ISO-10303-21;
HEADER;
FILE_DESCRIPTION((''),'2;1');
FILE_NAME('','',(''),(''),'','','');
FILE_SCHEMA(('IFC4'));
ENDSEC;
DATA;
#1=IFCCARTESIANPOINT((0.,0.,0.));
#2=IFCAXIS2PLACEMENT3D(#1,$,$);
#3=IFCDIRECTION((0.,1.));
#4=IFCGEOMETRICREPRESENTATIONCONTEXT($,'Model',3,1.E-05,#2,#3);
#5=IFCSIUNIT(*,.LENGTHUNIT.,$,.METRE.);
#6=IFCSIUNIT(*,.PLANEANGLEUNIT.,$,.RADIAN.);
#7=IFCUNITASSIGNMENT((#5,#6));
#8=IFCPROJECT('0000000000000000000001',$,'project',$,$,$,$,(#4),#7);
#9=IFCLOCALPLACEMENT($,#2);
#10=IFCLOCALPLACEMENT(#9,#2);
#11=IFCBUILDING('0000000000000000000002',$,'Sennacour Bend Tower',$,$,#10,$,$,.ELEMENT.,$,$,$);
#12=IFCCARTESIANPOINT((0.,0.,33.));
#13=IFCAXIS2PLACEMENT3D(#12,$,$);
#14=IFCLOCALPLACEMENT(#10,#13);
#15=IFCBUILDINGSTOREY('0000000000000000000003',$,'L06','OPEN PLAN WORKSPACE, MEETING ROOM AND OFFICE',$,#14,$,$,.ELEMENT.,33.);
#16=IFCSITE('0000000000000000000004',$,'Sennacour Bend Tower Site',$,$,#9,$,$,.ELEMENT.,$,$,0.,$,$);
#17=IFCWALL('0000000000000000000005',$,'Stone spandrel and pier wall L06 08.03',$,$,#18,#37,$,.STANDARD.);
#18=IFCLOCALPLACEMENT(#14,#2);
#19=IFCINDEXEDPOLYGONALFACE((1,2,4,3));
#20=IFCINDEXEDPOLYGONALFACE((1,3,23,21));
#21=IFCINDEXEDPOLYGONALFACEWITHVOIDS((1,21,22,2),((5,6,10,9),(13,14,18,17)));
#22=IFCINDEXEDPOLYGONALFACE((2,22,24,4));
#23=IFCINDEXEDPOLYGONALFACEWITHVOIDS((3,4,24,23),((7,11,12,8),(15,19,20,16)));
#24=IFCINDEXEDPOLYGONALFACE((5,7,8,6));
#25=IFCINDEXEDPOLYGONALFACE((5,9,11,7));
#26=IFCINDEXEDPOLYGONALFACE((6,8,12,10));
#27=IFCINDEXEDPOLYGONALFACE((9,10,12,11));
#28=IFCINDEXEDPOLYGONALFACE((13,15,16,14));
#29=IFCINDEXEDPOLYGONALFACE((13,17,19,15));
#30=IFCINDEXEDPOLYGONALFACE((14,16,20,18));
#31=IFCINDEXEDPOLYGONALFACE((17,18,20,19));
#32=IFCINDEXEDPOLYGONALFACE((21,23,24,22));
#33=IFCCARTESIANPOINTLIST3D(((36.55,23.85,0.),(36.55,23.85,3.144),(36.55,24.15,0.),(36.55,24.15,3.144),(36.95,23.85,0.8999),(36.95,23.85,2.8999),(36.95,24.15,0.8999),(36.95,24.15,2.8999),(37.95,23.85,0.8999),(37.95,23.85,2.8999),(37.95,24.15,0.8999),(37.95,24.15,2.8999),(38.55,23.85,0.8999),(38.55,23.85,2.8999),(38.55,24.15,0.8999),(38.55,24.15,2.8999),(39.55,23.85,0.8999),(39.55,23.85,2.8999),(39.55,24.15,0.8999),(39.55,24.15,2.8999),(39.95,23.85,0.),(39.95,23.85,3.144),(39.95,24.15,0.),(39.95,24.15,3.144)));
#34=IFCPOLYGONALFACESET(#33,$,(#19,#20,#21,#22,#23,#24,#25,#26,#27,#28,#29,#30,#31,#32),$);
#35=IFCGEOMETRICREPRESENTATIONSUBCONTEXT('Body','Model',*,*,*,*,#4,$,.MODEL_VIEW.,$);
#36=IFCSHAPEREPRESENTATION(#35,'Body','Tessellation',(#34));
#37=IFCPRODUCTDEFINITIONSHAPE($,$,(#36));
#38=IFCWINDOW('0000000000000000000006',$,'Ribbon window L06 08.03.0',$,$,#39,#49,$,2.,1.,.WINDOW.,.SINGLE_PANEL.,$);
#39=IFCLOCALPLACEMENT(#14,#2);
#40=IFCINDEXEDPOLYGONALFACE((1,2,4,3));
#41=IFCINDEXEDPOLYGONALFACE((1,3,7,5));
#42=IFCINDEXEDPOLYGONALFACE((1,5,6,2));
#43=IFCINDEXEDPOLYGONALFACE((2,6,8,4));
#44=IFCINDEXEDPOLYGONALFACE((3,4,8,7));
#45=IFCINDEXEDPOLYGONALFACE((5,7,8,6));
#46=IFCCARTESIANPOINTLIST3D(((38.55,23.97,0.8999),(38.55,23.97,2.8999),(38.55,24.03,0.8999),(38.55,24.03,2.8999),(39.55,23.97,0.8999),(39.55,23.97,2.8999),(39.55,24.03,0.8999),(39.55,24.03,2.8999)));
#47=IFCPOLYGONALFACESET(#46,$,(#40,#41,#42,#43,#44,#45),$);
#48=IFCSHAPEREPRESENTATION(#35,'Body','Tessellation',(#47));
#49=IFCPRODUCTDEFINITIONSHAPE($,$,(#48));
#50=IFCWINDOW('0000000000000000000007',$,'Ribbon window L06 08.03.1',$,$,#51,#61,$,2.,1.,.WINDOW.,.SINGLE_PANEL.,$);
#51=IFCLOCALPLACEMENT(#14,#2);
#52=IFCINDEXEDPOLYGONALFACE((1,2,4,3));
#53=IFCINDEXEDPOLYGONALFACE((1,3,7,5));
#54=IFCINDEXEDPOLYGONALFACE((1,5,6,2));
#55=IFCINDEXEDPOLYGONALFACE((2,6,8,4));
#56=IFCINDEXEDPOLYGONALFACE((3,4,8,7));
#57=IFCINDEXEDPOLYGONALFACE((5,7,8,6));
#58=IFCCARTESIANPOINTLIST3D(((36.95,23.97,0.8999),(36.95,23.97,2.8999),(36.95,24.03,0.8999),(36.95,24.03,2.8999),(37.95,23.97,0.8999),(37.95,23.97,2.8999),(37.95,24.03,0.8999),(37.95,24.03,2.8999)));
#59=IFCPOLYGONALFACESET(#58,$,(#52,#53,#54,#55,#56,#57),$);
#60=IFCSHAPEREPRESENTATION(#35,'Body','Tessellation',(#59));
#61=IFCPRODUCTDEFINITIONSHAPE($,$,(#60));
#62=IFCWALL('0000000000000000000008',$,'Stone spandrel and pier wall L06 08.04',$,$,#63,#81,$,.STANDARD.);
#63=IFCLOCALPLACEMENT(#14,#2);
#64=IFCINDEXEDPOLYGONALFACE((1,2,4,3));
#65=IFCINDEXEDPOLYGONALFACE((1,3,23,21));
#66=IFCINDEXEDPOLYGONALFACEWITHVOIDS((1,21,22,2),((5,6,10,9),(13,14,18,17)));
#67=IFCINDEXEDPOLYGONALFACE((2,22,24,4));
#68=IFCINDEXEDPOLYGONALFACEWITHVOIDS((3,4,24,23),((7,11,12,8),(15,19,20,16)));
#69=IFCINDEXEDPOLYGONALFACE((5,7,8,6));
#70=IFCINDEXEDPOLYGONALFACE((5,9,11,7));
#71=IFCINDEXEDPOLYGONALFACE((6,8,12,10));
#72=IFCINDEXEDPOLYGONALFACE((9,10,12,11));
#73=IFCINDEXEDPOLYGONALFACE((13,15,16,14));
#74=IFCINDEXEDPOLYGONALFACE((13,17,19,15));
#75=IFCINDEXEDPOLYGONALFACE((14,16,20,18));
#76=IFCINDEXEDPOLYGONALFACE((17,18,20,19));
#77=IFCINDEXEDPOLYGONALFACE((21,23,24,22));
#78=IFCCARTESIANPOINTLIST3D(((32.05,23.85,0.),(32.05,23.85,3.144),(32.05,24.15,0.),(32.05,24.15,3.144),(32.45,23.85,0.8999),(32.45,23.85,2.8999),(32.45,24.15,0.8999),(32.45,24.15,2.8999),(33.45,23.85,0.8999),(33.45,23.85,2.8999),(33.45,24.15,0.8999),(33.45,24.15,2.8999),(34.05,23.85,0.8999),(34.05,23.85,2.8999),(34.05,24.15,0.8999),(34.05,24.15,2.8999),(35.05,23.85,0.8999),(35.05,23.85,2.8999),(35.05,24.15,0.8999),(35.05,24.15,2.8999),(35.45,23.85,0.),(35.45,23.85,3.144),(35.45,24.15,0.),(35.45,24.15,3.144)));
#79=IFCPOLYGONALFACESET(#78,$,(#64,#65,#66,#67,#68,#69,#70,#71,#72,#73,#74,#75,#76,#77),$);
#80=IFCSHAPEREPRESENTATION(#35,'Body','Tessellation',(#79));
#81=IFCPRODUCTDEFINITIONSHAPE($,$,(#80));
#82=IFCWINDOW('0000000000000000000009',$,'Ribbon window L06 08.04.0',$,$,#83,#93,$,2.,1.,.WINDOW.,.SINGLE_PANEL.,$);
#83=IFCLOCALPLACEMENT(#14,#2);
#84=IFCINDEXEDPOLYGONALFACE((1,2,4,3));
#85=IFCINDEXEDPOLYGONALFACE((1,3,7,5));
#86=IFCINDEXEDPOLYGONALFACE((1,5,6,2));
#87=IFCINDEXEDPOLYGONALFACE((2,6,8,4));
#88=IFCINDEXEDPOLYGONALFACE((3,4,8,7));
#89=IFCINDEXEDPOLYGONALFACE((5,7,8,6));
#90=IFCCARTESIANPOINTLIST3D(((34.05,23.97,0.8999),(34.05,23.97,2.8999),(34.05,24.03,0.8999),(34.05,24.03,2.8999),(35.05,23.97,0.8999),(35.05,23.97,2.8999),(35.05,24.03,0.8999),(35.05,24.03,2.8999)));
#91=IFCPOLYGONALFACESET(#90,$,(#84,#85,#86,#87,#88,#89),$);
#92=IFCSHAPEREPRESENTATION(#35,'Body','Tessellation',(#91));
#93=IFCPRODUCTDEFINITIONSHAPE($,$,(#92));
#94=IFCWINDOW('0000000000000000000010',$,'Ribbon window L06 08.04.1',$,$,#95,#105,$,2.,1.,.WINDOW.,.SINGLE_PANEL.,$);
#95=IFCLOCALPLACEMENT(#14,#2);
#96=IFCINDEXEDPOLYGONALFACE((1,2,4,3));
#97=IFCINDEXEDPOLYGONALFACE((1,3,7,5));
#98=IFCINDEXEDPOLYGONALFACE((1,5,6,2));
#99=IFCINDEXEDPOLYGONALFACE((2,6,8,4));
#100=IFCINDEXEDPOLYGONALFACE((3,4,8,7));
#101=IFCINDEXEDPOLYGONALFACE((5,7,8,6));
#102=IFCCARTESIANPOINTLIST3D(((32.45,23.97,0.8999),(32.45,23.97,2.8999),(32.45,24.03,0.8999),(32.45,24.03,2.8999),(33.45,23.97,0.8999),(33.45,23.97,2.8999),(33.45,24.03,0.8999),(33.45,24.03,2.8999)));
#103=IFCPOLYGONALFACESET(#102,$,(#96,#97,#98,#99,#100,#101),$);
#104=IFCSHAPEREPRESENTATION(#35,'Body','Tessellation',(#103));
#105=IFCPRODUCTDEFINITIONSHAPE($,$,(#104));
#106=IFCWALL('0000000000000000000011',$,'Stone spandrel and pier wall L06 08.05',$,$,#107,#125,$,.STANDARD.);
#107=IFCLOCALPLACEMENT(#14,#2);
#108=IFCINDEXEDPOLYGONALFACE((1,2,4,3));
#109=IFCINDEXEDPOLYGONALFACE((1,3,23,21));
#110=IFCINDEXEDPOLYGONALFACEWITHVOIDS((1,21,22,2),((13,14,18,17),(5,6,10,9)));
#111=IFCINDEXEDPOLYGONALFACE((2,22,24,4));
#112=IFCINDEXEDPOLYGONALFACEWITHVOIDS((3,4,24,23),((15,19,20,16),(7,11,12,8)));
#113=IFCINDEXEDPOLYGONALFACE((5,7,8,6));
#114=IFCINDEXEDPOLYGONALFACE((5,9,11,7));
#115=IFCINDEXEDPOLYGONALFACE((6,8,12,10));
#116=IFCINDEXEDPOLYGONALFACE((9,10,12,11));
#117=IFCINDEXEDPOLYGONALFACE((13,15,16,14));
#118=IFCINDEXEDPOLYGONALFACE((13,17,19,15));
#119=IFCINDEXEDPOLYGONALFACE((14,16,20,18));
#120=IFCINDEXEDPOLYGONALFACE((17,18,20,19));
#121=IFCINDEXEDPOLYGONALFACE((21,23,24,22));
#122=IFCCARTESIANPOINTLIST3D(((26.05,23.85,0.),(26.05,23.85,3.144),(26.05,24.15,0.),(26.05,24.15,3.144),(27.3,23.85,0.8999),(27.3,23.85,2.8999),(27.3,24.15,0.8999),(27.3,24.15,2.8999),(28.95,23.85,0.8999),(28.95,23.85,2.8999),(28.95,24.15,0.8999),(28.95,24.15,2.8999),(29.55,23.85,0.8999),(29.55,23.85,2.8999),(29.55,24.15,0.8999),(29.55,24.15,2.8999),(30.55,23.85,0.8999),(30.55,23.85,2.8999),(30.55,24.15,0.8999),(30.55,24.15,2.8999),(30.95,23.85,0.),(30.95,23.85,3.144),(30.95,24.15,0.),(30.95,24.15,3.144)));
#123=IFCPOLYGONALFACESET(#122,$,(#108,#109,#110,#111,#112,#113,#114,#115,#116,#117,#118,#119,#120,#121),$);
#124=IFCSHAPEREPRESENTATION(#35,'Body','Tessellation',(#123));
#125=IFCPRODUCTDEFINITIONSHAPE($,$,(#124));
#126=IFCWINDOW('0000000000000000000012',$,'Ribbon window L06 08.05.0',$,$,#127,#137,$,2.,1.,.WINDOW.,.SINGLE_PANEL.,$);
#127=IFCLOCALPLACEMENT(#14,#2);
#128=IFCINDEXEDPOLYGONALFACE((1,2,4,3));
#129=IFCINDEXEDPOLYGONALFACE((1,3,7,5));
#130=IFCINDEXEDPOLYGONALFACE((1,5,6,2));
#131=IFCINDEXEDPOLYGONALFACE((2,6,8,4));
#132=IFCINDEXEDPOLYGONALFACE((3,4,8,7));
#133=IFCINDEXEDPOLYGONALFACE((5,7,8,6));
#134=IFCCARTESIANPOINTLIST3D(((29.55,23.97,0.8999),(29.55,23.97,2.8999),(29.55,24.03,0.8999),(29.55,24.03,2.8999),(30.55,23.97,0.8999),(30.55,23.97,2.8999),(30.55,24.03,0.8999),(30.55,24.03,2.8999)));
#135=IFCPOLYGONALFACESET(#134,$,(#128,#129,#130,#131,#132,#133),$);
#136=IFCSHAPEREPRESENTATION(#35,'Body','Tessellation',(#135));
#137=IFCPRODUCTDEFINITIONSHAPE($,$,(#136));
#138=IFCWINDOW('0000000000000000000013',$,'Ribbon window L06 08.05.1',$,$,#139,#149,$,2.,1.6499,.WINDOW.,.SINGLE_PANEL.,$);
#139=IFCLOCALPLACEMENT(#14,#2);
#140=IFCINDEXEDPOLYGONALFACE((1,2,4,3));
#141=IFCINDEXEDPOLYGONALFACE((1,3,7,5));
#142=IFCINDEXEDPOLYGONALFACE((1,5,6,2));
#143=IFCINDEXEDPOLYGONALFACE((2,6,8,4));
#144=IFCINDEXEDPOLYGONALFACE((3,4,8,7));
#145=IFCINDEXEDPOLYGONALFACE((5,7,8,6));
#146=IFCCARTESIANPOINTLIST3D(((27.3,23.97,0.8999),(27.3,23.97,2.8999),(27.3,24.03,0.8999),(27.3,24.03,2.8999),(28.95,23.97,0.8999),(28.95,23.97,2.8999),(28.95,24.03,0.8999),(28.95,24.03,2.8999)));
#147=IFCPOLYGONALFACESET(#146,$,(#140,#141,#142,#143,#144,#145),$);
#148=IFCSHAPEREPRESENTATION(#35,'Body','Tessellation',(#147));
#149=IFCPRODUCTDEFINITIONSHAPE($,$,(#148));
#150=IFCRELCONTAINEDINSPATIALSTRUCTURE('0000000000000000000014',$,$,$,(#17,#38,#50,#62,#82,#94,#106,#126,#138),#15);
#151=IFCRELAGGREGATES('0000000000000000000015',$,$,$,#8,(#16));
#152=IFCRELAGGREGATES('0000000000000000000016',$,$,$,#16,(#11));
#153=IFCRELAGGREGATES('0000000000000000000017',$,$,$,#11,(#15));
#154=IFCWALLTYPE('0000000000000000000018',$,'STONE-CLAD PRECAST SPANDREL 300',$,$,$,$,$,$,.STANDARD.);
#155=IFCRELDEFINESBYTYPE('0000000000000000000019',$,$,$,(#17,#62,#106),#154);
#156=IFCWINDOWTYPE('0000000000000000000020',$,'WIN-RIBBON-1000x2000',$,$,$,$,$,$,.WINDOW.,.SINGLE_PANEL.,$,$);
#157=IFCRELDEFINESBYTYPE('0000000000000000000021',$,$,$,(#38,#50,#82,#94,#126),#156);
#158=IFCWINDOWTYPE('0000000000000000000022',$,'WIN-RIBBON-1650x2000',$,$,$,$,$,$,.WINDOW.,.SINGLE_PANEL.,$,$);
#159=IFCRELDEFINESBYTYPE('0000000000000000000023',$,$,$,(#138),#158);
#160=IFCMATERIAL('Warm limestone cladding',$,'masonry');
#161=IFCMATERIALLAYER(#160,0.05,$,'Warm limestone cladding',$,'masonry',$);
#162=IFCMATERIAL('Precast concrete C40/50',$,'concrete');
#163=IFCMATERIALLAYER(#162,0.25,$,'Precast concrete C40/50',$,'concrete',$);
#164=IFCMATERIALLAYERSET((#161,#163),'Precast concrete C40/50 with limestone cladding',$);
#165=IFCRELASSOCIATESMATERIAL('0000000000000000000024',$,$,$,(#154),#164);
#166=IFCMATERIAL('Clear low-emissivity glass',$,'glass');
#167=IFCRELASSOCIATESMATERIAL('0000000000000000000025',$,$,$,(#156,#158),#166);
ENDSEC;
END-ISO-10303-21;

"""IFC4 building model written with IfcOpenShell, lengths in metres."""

from ifc_helpers import new_model, si_unit, direction, frame, frame_2d, origin, place, context, subcontext, project, spatial, rectangle, extrude, material, layer, layer_set, type_object, element, fill, save


model = new_model("IFC4")

# Units and contexts
model_context = context("Model", 3, precision=1e-05, world=origin(), true_north=direction((0.0, 1.0)))
body_context = subcontext(model_context, "Body", "Model", "MODEL_VIEW")
ifc_project = project(units=[si_unit("LENGTHUNIT", "METRE"), si_unit("PLANEANGLEUNIT", "RADIAN")], contexts=[model_context])

# Site, building, storey
site_placement = place(None, origin())
site = spatial("IfcSite", under=ifc_project, at=site_placement, Name="Sennacour Bend Tower Site", CompositionType="ELEMENT", RefElevation=0.0)
building_placement = place(site_placement, origin())
building = spatial("IfcBuilding", under=site, at=building_placement, Name="Sennacour Bend Tower", CompositionType="ELEMENT")
storey_placement = place(building_placement, frame((0.0, 0.0, 33.0)))
storey = spatial("IfcBuildingStorey", under=building, at=storey_placement, Name="L06", Description="OPEN PLAN WORKSPACE, MEETING ROOM AND OFFICE", CompositionType="ELEMENT", Elevation=33.0)

# Walls, openings, windows
ifc_material_1 = material(Name="Warm limestone cladding", Category="masonry")
ifc_layer_1 = layer(ifc_material_1, 0.05, Name="Warm limestone cladding", Category="masonry")
ifc_material_2 = material(Name="Precast concrete C40/50", Category="concrete")
ifc_layer_2 = layer(ifc_material_2, 0.25, Name="Precast concrete C40/50", Category="concrete")
ifc_layer_set_1 = layer_set([ifc_layer_1, ifc_layer_2], Name="Precast concrete C40/50 with limestone cladding")
wall_type_1 = type_object("IfcWallType", Name="STONE-CLAD PRECAST SPANDREL 300", PredefinedType="STANDARD", material=ifc_layer_set_1)
wall_1_placement = place(storey_placement, frame((39.95, 24.0, 0.0), z_axis=(0.0, 0.0, 1.0), x_axis=(-1.0, 0.0, 0.0)))
wall_1 = element("IfcWall", 1, at=wall_1_placement, inside=storey, type_object=wall_type_1, Name="Stone spandrel and pier wall L06 08.03", PredefinedType="STANDARD", context=body_context, shape_type="SweptSolid", body=[
    extrude(rectangle(XDim=3.3999, YDim=0.3, at=frame_2d((1.7, 0.0))), origin(), (0.0, 0.0, 1.0), 3.144),
])
opening_1_placement = place(wall_1_placement, frame((0.3999, 0.0, 0.8999)))
opening_1 = element("IfcOpeningElement", 2, at=opening_1_placement, cuts=wall_1, PredefinedType="OPENING", context=body_context, shape_type="SweptSolid", body=[
    extrude(rectangle(XDim=1.0, YDim=2.0, at=frame_2d((0.5, 1.0))), frame((0.0, 0.1602, 0.0), z_axis=(0.0, -1.0, 0.0), x_axis=(1.0, 0.0, 0.0)), (0.0, 0.0, 1.0), 0.3201),
])
opening_2_placement = place(wall_1_placement, frame((2.0, 0.0, 0.8999)))
opening_2 = element("IfcOpeningElement", 3, at=opening_2_placement, cuts=wall_1, PredefinedType="OPENING", context=body_context, shape_type="SweptSolid", body=[
    extrude(rectangle(XDim=1.0, YDim=2.0, at=frame_2d((0.5, 1.0))), frame((0.0, 0.1602, 0.0), z_axis=(0.0, -1.0, 0.0), x_axis=(1.0, 0.0, 0.0)), (0.0, 0.0, 1.0), 0.3201),
])
ifc_material_3 = material(Name="Clear low-emissivity glass", Category="glass")
window_type_1 = type_object("IfcWindowType", Name="WIN-RIBBON-1000x2000", PartitioningType="SINGLE_PANEL", PredefinedType="WINDOW", material=ifc_material_3)
window_1_placement = place(opening_1_placement, origin())
window_1 = element("IfcWindow", 4, at=window_1_placement, inside=storey, type_object=window_type_1, Name="Ribbon window L06 08.03.0", OverallHeight=2.0, OverallWidth=1.0, PartitioningType="SINGLE_PANEL", PredefinedType="WINDOW", context=body_context, shape_type="SweptSolid", body=[
    extrude(rectangle(XDim=1.0, YDim=2.0, at=frame_2d((0.5, 1.0))), frame((0.0, 0.03, 0.0), z_axis=(0.0, -1.0, 0.0), x_axis=(1.0, 0.0, 0.0)), (0.0, 0.0, 1.0), 0.0601),
])
fill(opening_1, window_1)
window_2_placement = place(opening_2_placement, origin())
window_2 = element("IfcWindow", 5, at=window_2_placement, inside=storey, type_object=window_type_1, Name="Ribbon window L06 08.03.1", OverallHeight=2.0, OverallWidth=1.0, PartitioningType="SINGLE_PANEL", PredefinedType="WINDOW", context=body_context, shape_type="SweptSolid", body=[
    extrude(rectangle(XDim=1.0, YDim=2.0, at=frame_2d((0.5, 1.0))), frame((0.0, 0.03, 0.0), z_axis=(0.0, -1.0, 0.0), x_axis=(1.0, 0.0, 0.0)), (0.0, 0.0, 1.0), 0.0601),
])
fill(opening_2, window_2)
wall_2_placement = place(storey_placement, frame((35.45, 24.0, 0.0), z_axis=(0.0, 0.0, 1.0), x_axis=(-1.0, 0.0, 0.0)))
wall_2 = element("IfcWall", 6, at=wall_2_placement, inside=storey, type_object=wall_type_1, Name="Stone spandrel and pier wall L06 08.04", PredefinedType="STANDARD", context=body_context, shape_type="SweptSolid", body=[
    extrude(rectangle(XDim=3.3999, YDim=0.3, at=frame_2d((1.7, 0.0))), origin(), (0.0, 0.0, 1.0), 3.144),
])
opening_3_placement = place(wall_2_placement, frame((0.3999, 0.0, 0.8999)))
opening_3 = element("IfcOpeningElement", 7, at=opening_3_placement, cuts=wall_2, PredefinedType="OPENING", context=body_context, shape_type="SweptSolid", body=[
    extrude(rectangle(XDim=1.0, YDim=2.0, at=frame_2d((0.5, 1.0))), frame((0.0, 0.1602, 0.0), z_axis=(0.0, -1.0, 0.0), x_axis=(1.0, 0.0, 0.0)), (0.0, 0.0, 1.0), 0.3201),
])
opening_4_placement = place(wall_2_placement, frame((2.0, 0.0, 0.8999)))
opening_4 = element("IfcOpeningElement", 8, at=opening_4_placement, cuts=wall_2, PredefinedType="OPENING", context=body_context, shape_type="SweptSolid", body=[
    extrude(rectangle(XDim=1.0, YDim=2.0, at=frame_2d((0.5, 1.0))), frame((0.0, 0.1602, 0.0), z_axis=(0.0, -1.0, 0.0), x_axis=(1.0, 0.0, 0.0)), (0.0, 0.0, 1.0), 0.3201),
])
window_3_placement = place(opening_3_placement, origin())
window_3 = element("IfcWindow", 9, at=window_3_placement, inside=storey, type_object=window_type_1, Name="Ribbon window L06 08.04.0", OverallHeight=2.0, OverallWidth=1.0, PartitioningType="SINGLE_PANEL", PredefinedType="WINDOW", context=body_context, shape_type="SweptSolid", body=[
    extrude(rectangle(XDim=1.0, YDim=2.0, at=frame_2d((0.5, 1.0))), frame((0.0, 0.03, 0.0), z_axis=(0.0, -1.0, 0.0), x_axis=(1.0, 0.0, 0.0)), (0.0, 0.0, 1.0), 0.0601),
])
fill(opening_3, window_3)
window_4_placement = place(opening_4_placement, origin())
window_4 = element("IfcWindow", 10, at=window_4_placement, inside=storey, type_object=window_type_1, Name="Ribbon window L06 08.04.1", OverallHeight=2.0, OverallWidth=1.0, PartitioningType="SINGLE_PANEL", PredefinedType="WINDOW", context=body_context, shape_type="SweptSolid", body=[
    extrude(rectangle(XDim=1.0, YDim=2.0, at=frame_2d((0.5, 1.0))), frame((0.0, 0.03, 0.0), z_axis=(0.0, -1.0, 0.0), x_axis=(1.0, 0.0, 0.0)), (0.0, 0.0, 1.0), 0.0601),
])
fill(opening_4, window_4)
wall_3_placement = place(storey_placement, frame((30.95, 24.0, 0.0), z_axis=(0.0, 0.0, 1.0), x_axis=(-1.0, 0.0, 0.0)))
wall_3 = element("IfcWall", 11, at=wall_3_placement, inside=storey, type_object=wall_type_1, Name="Stone spandrel and pier wall L06 08.05", PredefinedType="STANDARD", context=body_context, shape_type="SweptSolid", body=[
    extrude(rectangle(XDim=4.8999, YDim=0.3, at=frame_2d((2.45, 0.0))), origin(), (0.0, 0.0, 1.0), 3.144),
])
opening_5_placement = place(wall_3_placement, frame((0.3999, 0.0, 0.8999)))
opening_5 = element("IfcOpeningElement", 12, at=opening_5_placement, cuts=wall_3, PredefinedType="OPENING", context=body_context, shape_type="SweptSolid", body=[
    extrude(rectangle(XDim=1.0, YDim=2.0, at=frame_2d((0.5, 1.0))), frame((0.0, 0.1602, 0.0), z_axis=(0.0, -1.0, 0.0), x_axis=(1.0, 0.0, 0.0)), (0.0, 0.0, 1.0), 0.3201),
])
opening_6_placement = place(wall_3_placement, frame((2.0, 0.0, 0.8999)))
opening_6 = element("IfcOpeningElement", 13, at=opening_6_placement, cuts=wall_3, PredefinedType="OPENING", context=body_context, shape_type="SweptSolid", body=[
    extrude(rectangle(XDim=1.6499, YDim=2.0, at=frame_2d((0.825, 1.0))), frame((0.0, 0.1602, 0.0), z_axis=(0.0, -1.0, 0.0), x_axis=(1.0, 0.0, 0.0)), (0.0, 0.0, 1.0), 0.3201),
])
window_5_placement = place(opening_5_placement, origin())
window_5 = element("IfcWindow", 14, at=window_5_placement, inside=storey, type_object=window_type_1, Name="Ribbon window L06 08.05.0", OverallHeight=2.0, OverallWidth=1.0, PartitioningType="SINGLE_PANEL", PredefinedType="WINDOW", context=body_context, shape_type="SweptSolid", body=[
    extrude(rectangle(XDim=1.0, YDim=2.0, at=frame_2d((0.5, 1.0))), frame((0.0, 0.03, 0.0), z_axis=(0.0, -1.0, 0.0), x_axis=(1.0, 0.0, 0.0)), (0.0, 0.0, 1.0), 0.0601),
])
fill(opening_5, window_5)
window_type_2 = type_object("IfcWindowType", Name="WIN-RIBBON-1650x2000", PartitioningType="SINGLE_PANEL", PredefinedType="WINDOW", material=ifc_material_3)
window_6_placement = place(opening_6_placement, origin())
window_6 = element("IfcWindow", 15, at=window_6_placement, inside=storey, type_object=window_type_2, Name="Ribbon window L06 08.05.1", OverallHeight=2.0, OverallWidth=1.6499, PartitioningType="SINGLE_PANEL", PredefinedType="WINDOW", context=body_context, shape_type="SweptSolid", body=[
    extrude(rectangle(XDim=1.6499, YDim=2.0, at=frame_2d((0.825, 1.0))), frame((0.0, 0.03, 0.0), z_axis=(0.0, -1.0, 0.0), x_axis=(1.0, 0.0, 0.0)), (0.0, 0.0, 1.0), 0.0601),
])
fill(opening_6, window_6)

save(model, "model.ifc")
